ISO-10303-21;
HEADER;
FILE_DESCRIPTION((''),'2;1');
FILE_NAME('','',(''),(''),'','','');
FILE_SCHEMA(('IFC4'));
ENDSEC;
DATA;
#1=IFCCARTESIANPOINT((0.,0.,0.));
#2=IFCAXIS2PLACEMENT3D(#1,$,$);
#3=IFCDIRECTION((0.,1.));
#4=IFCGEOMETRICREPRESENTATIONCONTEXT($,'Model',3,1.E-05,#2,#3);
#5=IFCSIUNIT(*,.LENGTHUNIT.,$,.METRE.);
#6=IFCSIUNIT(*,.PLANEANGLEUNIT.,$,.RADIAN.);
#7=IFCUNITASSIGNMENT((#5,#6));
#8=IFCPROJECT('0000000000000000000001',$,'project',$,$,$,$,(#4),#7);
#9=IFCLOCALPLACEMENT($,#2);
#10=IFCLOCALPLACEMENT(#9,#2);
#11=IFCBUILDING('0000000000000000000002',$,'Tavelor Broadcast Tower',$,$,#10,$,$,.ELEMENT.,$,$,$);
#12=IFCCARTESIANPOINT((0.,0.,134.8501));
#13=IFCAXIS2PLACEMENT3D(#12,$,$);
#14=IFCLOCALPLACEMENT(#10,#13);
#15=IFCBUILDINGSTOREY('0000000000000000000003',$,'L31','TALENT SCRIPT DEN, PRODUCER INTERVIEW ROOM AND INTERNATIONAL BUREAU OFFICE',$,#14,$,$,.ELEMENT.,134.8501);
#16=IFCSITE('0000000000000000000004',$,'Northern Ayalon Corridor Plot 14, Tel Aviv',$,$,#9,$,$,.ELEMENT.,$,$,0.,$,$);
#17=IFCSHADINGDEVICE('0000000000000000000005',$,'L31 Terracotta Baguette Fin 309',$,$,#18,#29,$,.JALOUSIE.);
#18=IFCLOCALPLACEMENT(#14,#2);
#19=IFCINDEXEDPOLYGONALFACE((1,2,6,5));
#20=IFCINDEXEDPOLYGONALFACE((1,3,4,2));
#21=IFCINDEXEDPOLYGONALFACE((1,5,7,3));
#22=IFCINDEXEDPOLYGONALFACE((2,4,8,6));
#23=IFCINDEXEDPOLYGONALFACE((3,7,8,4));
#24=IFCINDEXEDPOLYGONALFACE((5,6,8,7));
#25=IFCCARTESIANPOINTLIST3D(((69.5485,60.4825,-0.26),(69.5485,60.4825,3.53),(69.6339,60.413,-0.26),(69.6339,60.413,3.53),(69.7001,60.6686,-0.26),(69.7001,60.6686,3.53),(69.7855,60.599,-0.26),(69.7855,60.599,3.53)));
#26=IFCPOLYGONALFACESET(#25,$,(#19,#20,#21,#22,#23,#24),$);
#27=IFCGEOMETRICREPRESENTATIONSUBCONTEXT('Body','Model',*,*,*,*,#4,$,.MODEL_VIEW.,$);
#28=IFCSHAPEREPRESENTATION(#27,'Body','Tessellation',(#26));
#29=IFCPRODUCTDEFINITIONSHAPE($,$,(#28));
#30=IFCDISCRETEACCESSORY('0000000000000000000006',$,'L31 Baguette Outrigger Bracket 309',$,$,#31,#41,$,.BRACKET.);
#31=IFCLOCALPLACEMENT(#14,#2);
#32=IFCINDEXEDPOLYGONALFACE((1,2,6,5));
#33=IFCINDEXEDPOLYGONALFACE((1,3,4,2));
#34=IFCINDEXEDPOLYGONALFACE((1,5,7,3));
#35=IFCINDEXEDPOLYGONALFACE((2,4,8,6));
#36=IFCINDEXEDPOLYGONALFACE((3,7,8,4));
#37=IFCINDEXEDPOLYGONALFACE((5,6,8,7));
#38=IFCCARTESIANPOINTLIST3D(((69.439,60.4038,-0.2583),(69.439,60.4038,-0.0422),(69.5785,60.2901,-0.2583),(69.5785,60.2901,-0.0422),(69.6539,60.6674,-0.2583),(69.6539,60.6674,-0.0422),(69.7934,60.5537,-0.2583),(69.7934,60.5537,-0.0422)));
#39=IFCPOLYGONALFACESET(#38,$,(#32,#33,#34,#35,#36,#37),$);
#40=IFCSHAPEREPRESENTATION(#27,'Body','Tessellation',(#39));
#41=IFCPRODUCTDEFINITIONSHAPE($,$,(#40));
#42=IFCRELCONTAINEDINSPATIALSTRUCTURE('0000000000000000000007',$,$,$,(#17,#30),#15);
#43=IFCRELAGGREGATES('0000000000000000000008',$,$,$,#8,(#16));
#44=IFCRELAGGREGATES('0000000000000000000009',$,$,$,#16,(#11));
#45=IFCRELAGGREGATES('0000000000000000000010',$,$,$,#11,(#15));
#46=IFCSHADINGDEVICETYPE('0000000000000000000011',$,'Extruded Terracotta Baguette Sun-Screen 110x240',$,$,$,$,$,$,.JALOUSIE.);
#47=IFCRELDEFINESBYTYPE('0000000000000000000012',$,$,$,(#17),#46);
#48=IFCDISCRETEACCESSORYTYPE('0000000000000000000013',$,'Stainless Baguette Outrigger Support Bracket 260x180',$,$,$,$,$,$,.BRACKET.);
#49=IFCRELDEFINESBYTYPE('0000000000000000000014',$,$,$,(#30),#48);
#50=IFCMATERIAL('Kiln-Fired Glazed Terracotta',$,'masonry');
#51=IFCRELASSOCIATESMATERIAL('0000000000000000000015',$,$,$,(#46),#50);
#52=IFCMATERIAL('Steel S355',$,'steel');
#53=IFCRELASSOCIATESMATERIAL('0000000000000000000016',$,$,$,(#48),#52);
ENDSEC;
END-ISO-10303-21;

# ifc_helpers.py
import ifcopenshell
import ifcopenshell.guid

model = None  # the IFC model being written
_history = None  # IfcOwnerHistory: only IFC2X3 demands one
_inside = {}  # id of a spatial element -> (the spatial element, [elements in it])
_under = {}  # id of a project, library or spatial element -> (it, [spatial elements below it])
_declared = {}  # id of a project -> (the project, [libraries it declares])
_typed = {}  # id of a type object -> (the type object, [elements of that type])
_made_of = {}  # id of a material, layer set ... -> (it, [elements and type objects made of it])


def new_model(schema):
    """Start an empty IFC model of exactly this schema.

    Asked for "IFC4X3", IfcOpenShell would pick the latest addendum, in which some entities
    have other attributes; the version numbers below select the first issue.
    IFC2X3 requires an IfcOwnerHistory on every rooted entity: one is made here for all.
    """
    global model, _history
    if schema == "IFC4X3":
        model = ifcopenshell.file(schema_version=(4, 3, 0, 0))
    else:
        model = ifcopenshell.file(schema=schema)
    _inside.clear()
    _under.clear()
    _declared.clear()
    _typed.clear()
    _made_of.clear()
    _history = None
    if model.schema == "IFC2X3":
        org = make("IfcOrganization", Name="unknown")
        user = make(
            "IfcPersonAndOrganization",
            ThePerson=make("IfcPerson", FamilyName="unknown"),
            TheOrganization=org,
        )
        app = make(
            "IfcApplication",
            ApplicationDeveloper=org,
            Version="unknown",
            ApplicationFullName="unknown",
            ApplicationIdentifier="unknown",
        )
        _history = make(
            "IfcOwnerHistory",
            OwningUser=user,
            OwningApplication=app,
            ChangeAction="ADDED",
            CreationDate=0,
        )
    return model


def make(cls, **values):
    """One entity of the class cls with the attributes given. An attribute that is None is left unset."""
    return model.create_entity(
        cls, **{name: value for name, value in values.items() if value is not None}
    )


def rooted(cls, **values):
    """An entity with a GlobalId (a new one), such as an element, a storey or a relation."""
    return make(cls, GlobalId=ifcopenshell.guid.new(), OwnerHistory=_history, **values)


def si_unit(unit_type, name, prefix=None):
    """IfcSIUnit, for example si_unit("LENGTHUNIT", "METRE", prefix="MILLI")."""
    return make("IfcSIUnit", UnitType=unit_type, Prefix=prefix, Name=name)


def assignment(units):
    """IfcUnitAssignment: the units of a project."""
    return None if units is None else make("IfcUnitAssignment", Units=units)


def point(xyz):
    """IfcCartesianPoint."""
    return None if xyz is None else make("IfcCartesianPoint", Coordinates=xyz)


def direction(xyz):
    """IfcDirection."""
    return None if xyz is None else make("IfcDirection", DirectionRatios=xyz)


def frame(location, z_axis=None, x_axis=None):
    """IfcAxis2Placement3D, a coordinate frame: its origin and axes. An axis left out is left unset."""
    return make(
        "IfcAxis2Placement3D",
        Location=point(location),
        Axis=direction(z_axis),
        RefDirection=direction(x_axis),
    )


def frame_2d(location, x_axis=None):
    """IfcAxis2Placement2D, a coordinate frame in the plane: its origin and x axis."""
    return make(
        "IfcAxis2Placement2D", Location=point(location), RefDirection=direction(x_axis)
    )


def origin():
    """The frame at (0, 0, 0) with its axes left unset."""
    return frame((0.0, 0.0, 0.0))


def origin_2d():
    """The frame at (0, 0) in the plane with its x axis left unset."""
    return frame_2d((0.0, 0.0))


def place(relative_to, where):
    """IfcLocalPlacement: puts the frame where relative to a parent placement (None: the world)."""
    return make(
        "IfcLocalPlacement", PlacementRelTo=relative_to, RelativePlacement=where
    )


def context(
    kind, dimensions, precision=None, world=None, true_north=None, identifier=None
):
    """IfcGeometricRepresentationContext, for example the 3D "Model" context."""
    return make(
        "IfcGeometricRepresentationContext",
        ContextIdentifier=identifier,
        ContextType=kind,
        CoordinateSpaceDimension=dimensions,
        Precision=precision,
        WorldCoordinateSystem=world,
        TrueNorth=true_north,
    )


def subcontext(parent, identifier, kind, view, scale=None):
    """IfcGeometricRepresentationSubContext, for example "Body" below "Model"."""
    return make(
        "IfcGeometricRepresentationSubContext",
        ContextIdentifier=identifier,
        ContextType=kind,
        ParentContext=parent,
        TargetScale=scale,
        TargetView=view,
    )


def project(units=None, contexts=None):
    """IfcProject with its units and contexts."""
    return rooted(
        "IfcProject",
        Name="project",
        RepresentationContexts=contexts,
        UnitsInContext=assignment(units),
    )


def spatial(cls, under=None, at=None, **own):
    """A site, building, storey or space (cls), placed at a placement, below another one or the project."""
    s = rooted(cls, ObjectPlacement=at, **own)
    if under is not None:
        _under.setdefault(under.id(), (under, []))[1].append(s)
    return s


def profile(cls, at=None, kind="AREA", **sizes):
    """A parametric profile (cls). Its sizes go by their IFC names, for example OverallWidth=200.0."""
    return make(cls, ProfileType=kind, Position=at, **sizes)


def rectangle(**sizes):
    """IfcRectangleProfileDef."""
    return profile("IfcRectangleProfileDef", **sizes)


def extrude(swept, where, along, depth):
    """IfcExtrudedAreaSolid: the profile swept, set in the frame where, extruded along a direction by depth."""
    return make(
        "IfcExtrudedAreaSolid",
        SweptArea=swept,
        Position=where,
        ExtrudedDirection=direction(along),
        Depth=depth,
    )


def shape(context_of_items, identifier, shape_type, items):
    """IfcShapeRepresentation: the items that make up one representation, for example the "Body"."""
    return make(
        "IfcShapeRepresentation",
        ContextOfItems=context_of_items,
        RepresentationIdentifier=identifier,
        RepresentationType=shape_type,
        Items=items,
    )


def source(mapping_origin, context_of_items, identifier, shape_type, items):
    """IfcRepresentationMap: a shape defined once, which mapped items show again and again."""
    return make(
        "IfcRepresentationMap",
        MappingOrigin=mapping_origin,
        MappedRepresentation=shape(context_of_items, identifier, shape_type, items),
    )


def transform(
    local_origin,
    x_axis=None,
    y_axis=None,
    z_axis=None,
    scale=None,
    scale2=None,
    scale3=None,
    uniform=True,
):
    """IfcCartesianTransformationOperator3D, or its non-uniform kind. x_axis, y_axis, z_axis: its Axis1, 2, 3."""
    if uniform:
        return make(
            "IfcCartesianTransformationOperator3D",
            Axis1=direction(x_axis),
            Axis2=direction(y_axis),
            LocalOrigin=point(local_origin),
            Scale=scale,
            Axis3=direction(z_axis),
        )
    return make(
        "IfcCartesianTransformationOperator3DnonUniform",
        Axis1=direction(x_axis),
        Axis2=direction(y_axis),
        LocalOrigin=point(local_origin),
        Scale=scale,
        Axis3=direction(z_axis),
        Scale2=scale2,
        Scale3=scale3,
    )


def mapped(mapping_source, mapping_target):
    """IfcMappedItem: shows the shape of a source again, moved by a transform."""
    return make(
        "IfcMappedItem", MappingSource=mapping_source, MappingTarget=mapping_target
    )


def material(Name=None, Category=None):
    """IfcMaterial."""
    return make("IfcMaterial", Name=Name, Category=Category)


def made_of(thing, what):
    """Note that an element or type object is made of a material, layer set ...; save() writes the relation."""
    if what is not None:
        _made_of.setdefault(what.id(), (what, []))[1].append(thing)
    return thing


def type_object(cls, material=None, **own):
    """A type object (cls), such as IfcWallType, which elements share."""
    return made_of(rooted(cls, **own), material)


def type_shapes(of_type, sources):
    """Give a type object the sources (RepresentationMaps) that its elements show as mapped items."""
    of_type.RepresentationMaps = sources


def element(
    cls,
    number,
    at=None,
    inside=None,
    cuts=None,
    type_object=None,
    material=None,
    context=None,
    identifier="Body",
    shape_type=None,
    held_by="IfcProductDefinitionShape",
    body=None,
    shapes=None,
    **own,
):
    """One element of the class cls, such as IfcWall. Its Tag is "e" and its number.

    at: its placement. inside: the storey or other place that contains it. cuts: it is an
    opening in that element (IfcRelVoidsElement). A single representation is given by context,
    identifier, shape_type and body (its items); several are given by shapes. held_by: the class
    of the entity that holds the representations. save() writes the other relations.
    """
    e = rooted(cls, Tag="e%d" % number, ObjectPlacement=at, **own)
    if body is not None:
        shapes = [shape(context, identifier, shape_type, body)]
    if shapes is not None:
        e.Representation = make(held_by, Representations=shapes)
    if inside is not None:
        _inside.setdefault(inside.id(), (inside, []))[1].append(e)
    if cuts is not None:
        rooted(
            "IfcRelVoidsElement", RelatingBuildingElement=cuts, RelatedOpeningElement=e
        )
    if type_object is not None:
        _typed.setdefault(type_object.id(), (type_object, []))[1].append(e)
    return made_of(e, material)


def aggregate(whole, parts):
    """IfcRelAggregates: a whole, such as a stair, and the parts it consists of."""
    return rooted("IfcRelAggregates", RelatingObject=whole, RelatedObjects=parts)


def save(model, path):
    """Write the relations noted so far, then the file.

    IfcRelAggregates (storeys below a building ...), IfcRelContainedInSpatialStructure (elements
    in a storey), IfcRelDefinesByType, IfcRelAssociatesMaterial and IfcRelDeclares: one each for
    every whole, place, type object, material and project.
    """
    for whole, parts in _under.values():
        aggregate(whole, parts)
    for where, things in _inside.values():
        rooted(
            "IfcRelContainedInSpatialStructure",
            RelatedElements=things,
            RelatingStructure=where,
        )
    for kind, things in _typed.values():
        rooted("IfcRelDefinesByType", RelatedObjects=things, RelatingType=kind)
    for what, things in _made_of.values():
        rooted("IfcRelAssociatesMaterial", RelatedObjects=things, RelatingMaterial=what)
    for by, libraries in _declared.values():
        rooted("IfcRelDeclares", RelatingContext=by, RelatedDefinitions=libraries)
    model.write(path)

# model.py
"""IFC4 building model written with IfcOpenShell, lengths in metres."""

from ifc_helpers import new_model, si_unit, direction, frame, origin, origin_2d, place, context, subcontext, project, spatial, rectangle, extrude, source, transform, mapped, material, type_object, type_shapes, element, save


model = new_model("IFC4")

# Units and contexts
model_context = context("Model", 3, precision=1e-05, world=origin(), true_north=direction((0.0, 1.0)))
body_context = subcontext(model_context, "Body", "Model", "MODEL_VIEW")
ifc_project = project(units=[si_unit("LENGTHUNIT", "METRE"), si_unit("PLANEANGLEUNIT", "RADIAN")], contexts=[model_context])

# Site, building, storey
site_placement = place(None, origin())
site = spatial("IfcSite", under=ifc_project, at=site_placement, Name="Northern Ayalon Corridor Plot 14, Tel Aviv", CompositionType="ELEMENT", RefElevation=0.0)
building_placement = place(site_placement, origin())
building = spatial("IfcBuilding", under=site, at=building_placement, Name="Tavelor Broadcast Tower", CompositionType="ELEMENT")
storey_placement = place(building_placement, frame((0.0, 0.0, 134.8501)))
storey = spatial("IfcBuildingStorey", under=building, at=storey_placement, Name="L31", Description="TALENT SCRIPT DEN, PRODUCER INTERVIEW ROOM AND INTERNATIONAL BUREAU OFFICE", CompositionType="ELEMENT", Elevation=134.8501)

# Shared definitions
ifc_material_1 = material(Name="Steel S355", Category="steel")

# Shading device
ifc_material_2 = material(Name="Kiln-Fired Glazed Terracotta", Category="masonry")
shading_device_type = type_object("IfcShadingDeviceType", Name="Extruded Terracotta Baguette Sun-Screen 110x240", PredefinedType="JALOUSIE", material=ifc_material_2)
shared_shape_1 = source(origin(), body_context, "Body", "SweptSolid", [
    extrude(rectangle(XDim=0.1101, YDim=0.24, at=origin_2d()), origin(), (0.0, 0.0, 1.0), 3.79),
])
type_shapes(shading_device_type, [shared_shape_1])
shading_device_placement = place(storey_placement, frame((69.667, 60.5408, -0.26), z_axis=(0.0, 0.0, 1.0), x_axis=(-0.775165, 0.631759, 0.0)))
element("IfcShadingDevice", 1, at=shading_device_placement, inside=storey, type_object=shading_device_type, Name="L31 Terracotta Baguette Fin 309", PredefinedType="JALOUSIE", context=body_context, shape_type="MappedRepresentation", body=[
    mapped(shared_shape_1, transform((0.0, 0.0, 0.0), scale=1.0)),
])

# Discrete accessory
discrete_accessory_type = type_object("IfcDiscreteAccessoryType", Name="Stainless Baguette Outrigger Support Bracket 260x180", PredefinedType="BRACKET", material=ifc_material_1)
shared_shape_2 = source(origin(), body_context, "Body", "SweptSolid", [
    extrude(rectangle(XDim=0.1799, YDim=0.3401, at=origin_2d()), origin(), (0.0, 0.0, 1.0), 0.2161),
])
type_shapes(discrete_accessory_type, [shared_shape_2])
discrete_accessory_placement = place(storey_placement, frame((69.6162, 60.4788, -0.2583), z_axis=(0.0, 0.0, 1.0), x_axis=(-0.775165, 0.631759, 0.0)))
element("IfcDiscreteAccessory", 2, at=discrete_accessory_placement, inside=storey, type_object=discrete_accessory_type, Name="L31 Baguette Outrigger Bracket 309", PredefinedType="BRACKET", context=body_context, shape_type="MappedRepresentation", body=[
    mapped(shared_shape_2, transform((0.0, 0.0, 0.0), scale=1.0)),
])

save(model, "model.ifc")
